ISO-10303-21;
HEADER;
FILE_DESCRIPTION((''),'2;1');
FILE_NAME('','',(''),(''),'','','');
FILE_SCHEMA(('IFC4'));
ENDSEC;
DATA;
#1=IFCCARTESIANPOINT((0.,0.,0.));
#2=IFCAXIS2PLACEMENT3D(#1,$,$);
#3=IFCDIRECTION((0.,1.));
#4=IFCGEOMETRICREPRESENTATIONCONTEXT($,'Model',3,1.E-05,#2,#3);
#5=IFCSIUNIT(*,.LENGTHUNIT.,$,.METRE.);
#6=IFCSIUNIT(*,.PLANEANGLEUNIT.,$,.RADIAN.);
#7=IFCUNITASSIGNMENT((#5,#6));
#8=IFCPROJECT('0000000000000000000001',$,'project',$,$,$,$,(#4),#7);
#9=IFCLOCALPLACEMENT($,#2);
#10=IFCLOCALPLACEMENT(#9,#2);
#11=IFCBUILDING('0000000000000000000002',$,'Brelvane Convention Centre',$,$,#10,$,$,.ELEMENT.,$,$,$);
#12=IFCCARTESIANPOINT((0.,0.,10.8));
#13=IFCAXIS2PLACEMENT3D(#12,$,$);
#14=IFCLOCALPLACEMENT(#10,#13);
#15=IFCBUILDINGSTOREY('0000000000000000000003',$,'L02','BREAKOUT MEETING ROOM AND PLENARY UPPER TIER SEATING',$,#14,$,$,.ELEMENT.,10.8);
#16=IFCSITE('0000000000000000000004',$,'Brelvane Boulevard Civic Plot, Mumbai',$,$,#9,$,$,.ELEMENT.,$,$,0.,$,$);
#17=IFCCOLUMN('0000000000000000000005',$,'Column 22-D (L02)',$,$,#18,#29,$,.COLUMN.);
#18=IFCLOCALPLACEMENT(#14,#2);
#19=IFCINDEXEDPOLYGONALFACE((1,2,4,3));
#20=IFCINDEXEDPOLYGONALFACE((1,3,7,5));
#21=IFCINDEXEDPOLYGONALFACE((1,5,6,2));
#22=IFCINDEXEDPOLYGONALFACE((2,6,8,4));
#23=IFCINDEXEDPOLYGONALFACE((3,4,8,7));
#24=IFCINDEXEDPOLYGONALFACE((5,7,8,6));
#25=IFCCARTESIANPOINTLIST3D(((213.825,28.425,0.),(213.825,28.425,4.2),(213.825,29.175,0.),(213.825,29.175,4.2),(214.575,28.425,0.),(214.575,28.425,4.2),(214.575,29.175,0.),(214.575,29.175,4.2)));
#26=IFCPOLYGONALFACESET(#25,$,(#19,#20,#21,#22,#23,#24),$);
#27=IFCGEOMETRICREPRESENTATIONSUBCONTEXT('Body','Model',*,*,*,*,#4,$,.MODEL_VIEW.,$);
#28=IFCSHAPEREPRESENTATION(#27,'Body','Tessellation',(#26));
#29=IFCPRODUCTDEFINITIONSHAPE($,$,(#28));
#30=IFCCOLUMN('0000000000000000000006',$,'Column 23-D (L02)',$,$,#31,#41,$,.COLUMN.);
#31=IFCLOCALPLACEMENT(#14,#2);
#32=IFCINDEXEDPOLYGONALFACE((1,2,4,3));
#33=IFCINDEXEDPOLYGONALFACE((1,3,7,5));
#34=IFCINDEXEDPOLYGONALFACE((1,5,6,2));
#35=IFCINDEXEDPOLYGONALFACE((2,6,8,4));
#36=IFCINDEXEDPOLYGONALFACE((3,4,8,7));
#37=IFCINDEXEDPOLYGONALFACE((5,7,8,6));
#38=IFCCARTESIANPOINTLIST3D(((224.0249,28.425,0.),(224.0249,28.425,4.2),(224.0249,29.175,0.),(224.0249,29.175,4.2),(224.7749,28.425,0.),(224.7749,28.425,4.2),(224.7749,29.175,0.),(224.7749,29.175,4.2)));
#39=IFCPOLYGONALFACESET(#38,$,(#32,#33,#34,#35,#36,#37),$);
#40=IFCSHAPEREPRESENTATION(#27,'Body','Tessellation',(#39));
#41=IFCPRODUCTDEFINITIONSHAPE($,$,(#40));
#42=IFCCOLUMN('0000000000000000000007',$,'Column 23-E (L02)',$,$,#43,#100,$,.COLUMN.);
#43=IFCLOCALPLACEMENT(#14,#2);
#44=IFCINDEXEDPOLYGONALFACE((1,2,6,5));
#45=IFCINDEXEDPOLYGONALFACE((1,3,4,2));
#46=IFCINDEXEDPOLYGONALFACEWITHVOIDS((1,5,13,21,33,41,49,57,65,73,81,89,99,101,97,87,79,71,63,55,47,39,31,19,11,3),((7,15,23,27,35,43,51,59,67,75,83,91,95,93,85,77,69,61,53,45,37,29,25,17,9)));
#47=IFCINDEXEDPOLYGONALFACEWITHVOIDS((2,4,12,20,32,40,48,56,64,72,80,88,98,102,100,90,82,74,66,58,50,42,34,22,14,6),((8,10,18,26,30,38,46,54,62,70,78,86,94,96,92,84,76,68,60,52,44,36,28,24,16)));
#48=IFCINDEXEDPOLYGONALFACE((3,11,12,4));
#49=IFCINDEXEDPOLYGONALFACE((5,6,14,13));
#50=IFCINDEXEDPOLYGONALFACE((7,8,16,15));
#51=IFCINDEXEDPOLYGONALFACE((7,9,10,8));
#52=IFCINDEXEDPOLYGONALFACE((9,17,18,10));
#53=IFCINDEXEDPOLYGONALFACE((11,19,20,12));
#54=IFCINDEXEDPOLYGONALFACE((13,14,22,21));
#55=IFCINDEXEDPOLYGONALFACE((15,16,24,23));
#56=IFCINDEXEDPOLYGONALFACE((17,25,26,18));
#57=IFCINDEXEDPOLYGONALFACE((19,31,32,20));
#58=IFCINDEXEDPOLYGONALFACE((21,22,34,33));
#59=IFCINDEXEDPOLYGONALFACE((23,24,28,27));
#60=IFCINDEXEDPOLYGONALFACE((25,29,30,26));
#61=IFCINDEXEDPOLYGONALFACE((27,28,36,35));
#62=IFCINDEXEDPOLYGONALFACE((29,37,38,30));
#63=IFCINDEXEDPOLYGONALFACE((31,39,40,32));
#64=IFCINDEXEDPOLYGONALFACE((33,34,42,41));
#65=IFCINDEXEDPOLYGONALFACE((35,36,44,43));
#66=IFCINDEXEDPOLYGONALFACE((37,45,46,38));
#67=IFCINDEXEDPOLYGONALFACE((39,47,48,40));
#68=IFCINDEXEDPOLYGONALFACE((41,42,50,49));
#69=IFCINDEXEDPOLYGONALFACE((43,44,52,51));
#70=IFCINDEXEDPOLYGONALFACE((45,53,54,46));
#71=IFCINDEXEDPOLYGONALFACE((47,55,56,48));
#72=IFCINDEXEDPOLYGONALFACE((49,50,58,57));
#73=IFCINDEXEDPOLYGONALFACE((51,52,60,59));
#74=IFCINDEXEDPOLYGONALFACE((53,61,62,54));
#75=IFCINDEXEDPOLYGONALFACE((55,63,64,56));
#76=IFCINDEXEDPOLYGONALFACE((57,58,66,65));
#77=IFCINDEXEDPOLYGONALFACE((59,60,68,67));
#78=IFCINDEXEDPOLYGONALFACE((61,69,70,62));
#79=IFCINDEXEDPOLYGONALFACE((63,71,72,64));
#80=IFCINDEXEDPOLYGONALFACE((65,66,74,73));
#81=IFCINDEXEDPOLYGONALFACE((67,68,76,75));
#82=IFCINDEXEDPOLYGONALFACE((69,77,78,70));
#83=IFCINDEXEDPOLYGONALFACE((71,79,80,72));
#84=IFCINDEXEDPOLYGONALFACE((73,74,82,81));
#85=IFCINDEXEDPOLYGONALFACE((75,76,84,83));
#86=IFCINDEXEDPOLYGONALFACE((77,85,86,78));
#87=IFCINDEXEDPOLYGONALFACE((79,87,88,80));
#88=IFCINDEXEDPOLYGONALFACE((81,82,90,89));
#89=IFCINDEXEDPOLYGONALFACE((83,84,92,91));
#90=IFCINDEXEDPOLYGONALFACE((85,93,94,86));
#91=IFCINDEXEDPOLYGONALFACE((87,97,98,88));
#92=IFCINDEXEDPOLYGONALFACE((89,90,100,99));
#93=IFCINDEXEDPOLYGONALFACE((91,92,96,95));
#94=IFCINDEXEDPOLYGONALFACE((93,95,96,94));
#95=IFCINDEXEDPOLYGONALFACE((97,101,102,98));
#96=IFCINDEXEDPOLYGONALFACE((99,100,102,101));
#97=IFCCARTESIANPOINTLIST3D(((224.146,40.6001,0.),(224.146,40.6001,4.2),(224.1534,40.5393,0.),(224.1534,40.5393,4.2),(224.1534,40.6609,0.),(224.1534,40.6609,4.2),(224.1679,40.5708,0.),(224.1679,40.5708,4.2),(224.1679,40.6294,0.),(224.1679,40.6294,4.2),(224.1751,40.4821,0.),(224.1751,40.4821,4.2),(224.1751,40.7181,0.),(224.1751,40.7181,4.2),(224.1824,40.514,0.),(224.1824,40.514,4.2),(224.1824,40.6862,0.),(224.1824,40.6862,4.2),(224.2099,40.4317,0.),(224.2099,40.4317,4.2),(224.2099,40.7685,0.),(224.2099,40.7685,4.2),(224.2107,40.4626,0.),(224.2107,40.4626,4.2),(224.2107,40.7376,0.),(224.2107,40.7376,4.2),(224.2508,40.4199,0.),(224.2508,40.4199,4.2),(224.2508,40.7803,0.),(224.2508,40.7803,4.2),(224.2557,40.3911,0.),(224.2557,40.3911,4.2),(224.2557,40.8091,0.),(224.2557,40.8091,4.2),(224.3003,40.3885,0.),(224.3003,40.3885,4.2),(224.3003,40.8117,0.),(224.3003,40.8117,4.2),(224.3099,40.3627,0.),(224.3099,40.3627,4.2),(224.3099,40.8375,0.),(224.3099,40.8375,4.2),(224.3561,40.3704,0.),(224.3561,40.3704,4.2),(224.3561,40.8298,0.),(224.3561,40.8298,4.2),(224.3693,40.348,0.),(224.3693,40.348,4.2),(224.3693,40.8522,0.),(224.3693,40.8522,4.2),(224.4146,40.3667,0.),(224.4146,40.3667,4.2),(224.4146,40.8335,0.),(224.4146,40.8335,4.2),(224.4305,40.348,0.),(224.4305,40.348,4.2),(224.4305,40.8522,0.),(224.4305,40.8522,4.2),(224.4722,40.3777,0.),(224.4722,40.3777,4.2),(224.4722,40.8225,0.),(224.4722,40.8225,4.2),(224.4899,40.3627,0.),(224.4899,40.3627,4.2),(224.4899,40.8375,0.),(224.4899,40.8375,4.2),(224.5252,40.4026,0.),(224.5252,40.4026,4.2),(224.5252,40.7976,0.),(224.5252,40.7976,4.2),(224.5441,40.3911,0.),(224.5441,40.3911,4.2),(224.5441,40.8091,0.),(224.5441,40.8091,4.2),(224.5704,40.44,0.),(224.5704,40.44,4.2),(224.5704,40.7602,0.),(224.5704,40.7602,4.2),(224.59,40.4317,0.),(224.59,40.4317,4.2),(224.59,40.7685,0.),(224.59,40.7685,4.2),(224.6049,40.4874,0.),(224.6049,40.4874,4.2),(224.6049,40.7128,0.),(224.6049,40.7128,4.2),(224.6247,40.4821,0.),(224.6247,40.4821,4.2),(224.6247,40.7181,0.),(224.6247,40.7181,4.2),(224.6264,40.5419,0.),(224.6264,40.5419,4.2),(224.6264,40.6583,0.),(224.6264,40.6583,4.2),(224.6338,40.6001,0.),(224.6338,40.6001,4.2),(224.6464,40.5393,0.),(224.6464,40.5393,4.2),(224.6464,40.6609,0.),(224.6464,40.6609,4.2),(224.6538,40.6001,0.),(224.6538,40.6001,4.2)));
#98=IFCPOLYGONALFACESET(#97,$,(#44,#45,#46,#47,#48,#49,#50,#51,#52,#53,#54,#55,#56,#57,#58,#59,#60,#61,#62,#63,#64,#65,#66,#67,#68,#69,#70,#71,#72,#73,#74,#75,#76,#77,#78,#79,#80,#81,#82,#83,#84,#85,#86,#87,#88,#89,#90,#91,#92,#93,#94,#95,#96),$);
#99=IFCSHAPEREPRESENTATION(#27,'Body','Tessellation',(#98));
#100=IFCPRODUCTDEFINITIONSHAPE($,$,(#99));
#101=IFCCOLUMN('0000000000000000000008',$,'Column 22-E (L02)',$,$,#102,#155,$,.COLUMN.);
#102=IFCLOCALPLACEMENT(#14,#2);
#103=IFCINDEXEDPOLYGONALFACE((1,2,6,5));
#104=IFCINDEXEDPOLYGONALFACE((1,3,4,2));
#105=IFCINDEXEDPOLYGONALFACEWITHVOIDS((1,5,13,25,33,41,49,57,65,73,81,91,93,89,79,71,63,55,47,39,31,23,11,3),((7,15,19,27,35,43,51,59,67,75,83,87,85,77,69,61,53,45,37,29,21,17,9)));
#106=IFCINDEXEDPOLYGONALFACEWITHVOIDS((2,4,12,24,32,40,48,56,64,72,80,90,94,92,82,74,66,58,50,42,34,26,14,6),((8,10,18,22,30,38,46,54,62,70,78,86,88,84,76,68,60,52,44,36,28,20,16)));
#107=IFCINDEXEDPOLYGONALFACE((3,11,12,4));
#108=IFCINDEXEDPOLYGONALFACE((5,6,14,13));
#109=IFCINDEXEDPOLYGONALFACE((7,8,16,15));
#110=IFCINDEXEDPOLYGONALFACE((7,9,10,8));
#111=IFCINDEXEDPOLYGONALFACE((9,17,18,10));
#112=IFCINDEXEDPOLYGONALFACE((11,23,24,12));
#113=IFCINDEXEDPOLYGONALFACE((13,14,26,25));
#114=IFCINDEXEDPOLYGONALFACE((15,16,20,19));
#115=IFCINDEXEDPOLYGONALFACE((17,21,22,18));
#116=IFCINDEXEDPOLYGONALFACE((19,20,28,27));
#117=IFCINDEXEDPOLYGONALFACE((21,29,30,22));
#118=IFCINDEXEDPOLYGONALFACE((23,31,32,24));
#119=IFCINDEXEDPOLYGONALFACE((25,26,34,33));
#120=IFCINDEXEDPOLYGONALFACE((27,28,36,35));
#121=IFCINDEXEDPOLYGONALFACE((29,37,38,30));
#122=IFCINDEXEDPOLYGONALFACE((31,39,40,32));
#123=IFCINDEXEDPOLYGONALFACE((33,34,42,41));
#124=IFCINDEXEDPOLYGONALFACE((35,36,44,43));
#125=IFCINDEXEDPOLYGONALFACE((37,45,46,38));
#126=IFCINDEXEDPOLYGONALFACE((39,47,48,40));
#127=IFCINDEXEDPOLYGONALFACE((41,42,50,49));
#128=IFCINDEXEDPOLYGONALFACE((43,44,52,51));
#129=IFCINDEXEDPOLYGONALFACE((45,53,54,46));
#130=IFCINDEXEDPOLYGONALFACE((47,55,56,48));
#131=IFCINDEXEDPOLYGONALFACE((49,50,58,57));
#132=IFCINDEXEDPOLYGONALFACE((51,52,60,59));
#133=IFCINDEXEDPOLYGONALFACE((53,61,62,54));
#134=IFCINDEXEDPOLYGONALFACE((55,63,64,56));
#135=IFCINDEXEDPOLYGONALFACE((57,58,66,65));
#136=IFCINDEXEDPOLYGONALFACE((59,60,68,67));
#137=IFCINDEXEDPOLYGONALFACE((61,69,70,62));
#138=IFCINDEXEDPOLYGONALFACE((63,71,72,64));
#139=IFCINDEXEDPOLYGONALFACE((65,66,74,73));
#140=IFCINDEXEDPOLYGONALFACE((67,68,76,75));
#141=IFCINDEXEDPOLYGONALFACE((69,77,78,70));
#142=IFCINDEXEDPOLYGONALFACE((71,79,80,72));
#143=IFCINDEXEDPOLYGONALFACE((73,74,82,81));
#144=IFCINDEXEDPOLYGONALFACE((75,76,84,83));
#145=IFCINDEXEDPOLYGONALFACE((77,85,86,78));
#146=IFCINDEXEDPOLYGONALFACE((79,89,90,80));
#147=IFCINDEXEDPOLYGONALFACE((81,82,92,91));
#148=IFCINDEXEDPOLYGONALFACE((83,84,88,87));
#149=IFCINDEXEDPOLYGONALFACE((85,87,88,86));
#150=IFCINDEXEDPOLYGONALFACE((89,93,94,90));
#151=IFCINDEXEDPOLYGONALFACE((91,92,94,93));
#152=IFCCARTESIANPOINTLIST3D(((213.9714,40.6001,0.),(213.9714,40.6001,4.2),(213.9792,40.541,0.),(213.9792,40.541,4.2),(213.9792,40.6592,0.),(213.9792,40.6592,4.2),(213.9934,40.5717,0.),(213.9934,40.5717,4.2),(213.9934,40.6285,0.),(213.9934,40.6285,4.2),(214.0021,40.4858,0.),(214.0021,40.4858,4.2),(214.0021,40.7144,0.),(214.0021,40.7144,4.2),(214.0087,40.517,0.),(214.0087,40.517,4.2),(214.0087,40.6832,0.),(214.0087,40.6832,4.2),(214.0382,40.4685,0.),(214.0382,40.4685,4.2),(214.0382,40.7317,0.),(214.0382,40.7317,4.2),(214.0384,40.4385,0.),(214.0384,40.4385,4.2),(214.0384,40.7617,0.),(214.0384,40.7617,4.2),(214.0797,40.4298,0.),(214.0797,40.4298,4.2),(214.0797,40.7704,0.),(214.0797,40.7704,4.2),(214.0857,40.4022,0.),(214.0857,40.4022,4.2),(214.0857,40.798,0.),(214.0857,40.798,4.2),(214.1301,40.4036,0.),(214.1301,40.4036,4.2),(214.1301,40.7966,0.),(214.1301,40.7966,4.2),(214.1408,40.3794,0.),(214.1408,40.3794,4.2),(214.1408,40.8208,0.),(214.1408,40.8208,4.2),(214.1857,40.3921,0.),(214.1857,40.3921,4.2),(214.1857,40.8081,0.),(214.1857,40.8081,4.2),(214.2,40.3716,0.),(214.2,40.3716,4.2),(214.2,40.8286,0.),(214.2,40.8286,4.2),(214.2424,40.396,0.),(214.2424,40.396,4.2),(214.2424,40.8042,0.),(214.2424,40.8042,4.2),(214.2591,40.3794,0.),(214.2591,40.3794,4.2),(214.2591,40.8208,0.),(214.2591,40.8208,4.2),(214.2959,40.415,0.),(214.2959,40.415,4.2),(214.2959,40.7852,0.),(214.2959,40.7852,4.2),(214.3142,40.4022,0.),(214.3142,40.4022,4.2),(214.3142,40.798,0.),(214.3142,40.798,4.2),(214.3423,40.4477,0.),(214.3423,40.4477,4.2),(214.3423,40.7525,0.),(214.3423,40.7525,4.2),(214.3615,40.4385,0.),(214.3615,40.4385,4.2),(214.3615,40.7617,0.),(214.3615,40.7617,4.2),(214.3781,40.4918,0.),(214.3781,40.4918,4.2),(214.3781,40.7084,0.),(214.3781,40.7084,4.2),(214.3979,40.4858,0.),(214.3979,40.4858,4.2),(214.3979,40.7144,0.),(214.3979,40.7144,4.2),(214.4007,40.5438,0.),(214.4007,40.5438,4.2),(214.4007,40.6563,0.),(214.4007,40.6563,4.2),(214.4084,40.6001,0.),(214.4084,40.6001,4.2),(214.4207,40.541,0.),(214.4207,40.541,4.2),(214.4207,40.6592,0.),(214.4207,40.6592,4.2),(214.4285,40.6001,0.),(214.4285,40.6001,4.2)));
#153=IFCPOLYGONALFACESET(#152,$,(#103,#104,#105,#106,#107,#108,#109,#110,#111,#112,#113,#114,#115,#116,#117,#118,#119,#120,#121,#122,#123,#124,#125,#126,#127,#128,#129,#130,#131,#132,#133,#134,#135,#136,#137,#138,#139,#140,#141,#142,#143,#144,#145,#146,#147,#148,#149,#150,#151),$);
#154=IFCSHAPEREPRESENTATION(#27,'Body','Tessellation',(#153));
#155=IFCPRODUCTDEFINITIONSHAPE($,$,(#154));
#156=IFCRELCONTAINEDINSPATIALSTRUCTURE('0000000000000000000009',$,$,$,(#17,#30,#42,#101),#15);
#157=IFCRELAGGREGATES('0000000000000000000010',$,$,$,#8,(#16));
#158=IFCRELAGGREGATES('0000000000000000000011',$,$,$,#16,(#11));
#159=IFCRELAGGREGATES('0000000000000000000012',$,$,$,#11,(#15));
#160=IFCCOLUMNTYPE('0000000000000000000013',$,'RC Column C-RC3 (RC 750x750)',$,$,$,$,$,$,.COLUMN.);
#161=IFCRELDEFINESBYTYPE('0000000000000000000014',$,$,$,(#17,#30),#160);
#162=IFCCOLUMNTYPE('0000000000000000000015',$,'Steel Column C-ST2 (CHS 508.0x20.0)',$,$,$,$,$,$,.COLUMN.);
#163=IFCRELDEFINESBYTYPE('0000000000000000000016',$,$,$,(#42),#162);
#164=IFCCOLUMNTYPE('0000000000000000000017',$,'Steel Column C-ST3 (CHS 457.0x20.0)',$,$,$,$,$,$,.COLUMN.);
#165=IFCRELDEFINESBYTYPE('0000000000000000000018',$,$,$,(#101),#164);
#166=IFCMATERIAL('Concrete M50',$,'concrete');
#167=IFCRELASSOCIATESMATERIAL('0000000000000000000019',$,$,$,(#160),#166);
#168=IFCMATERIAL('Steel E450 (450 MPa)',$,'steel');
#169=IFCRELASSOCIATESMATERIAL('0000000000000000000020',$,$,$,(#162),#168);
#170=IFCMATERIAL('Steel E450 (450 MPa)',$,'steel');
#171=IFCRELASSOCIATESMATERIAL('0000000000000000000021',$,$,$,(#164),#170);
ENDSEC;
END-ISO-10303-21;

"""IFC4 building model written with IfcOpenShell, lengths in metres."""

from ifc_helpers import new_model, si_unit, direction, frame, origin, origin_2d, place, context, subcontext, project, spatial, rectangle, hollow_circle, extrude, material, material_profile, profile_set, type_object, element, save


model = new_model("IFC4")

# Units and contexts
model_context = context("Model", 3, precision=1e-05, world=origin(), true_north=direction((0.0, 1.0)))
body_context = subcontext(model_context, "Body", "Model", "MODEL_VIEW")
ifc_project = project(units=[si_unit("LENGTHUNIT", "METRE"), si_unit("PLANEANGLEUNIT", "RADIAN")], contexts=[model_context])

# Site, building, storey
site_placement = place(None, origin())
site = spatial("IfcSite", under=ifc_project, at=site_placement, Name="Brelvane Boulevard Civic Plot, Mumbai", CompositionType="ELEMENT", RefElevation=0.0)
building_placement = place(site_placement, origin())
building = spatial("IfcBuilding", under=site, at=building_placement, Name="Brelvane Convention Centre", CompositionType="ELEMENT")
storey_placement = place(building_placement, frame((0.0, 0.0, 10.8)))
storey = spatial("IfcBuildingStorey", under=building, at=storey_placement, Name="L02", Description="BREAKOUT MEETING ROOM AND PLENARY UPPER TIER SEATING", CompositionType="ELEMENT", Elevation=10.8)

# Columns
ifc_material_1 = material(Name="Concrete M50", Category="concrete")
ifc_material_profile_1 = material_profile(ifc_material_1, rectangle(XDim=0.75, YDim=0.75, at=origin_2d()), Name="RC 750x750")
ifc_profile_set_1 = profile_set([ifc_material_profile_1], Name="Concrete M50")
column_type_1 = type_object("IfcColumnType", Name="RC Column C-RC3 (RC 750x750)", PredefinedType="COLUMN", material=ifc_profile_set_1)
for number, where, z_axis, x_axis, name in (
    (1, (214.2, 28.8, 0.0), (0.0, 0.0, 1.0), (1.0, 0.0, 0.0), "Column 22-D (L02)"),
    (2, (224.3999, 28.8, 0.0), (0.0, 0.0, 1.0), (1.0, 0.0, 0.0), "Column 23-D (L02)"),
):
    element("IfcColumn", number, at=place(storey_placement, frame(where, z_axis=z_axis, x_axis=x_axis)), inside=storey, type_object=column_type_1, Name=name, PredefinedType="COLUMN", context=body_context, shape_type="SweptSolid", body=[
        extrude(rectangle(XDim=0.75, YDim=0.75, at=origin_2d()), origin(), (0.0, 0.0, 1.0), 4.2),
    ])
ifc_material_2 = material(Name="Steel E450 (450 MPa)", Category="steel")
ifc_material_profile_2 = material_profile(ifc_material_2, hollow_circle(Radius=0.2539, WallThickness=0.02, at=origin_2d()), Name="CHS 508.0x20.0")
ifc_profile_set_2 = profile_set([ifc_material_profile_2], Name="Steel E450 (450 MPa)")
column_type_2 = type_object("IfcColumnType", Name="Steel Column C-ST2 (CHS 508.0x20.0)", PredefinedType="COLUMN", material=ifc_profile_set_2)
column_1_placement = place(storey_placement, frame((224.3999, 40.6001, 0.0), z_axis=(0.0, 0.0, 1.0), x_axis=(1.0, 0.0, 0.0)))
element("IfcColumn", 3, at=column_1_placement, inside=storey, type_object=column_type_2, Name="Column 23-E (L02)", PredefinedType="COLUMN", context=body_context, shape_type="SweptSolid", body=[
    extrude(hollow_circle(Radius=0.2539, WallThickness=0.02, at=origin_2d()), origin(), (0.0, 0.0, 1.0), 4.2),
])
ifc_material_3 = material(Name="Steel E450 (450 MPa)", Category="steel")
ifc_material_profile_3 = material_profile(ifc_material_3, hollow_circle(Radius=0.2285, WallThickness=0.02, at=origin_2d()), Name="CHS 457.0x20.0")
ifc_profile_set_3 = profile_set([ifc_material_profile_3], Name="Steel E450 (450 MPa)")
column_type_3 = type_object("IfcColumnType", Name="Steel Column C-ST3 (CHS 457.0x20.0)", PredefinedType="COLUMN", material=ifc_profile_set_3)
column_2_placement = place(storey_placement, frame((214.2, 40.6001, 0.0), z_axis=(0.0, 0.0, 1.0), x_axis=(1.0, 0.0, 0.0)))
element("IfcColumn", 4, at=column_2_placement, inside=storey, type_object=column_type_3, Name="Column 22-E (L02)", PredefinedType="COLUMN", context=body_context, shape_type="SweptSolid", body=[
    extrude(hollow_circle(Radius=0.2285, WallThickness=0.02, at=origin_2d()), origin(), (0.0, 0.0, 1.0), 4.2),
])

save(model, "model.ifc")
